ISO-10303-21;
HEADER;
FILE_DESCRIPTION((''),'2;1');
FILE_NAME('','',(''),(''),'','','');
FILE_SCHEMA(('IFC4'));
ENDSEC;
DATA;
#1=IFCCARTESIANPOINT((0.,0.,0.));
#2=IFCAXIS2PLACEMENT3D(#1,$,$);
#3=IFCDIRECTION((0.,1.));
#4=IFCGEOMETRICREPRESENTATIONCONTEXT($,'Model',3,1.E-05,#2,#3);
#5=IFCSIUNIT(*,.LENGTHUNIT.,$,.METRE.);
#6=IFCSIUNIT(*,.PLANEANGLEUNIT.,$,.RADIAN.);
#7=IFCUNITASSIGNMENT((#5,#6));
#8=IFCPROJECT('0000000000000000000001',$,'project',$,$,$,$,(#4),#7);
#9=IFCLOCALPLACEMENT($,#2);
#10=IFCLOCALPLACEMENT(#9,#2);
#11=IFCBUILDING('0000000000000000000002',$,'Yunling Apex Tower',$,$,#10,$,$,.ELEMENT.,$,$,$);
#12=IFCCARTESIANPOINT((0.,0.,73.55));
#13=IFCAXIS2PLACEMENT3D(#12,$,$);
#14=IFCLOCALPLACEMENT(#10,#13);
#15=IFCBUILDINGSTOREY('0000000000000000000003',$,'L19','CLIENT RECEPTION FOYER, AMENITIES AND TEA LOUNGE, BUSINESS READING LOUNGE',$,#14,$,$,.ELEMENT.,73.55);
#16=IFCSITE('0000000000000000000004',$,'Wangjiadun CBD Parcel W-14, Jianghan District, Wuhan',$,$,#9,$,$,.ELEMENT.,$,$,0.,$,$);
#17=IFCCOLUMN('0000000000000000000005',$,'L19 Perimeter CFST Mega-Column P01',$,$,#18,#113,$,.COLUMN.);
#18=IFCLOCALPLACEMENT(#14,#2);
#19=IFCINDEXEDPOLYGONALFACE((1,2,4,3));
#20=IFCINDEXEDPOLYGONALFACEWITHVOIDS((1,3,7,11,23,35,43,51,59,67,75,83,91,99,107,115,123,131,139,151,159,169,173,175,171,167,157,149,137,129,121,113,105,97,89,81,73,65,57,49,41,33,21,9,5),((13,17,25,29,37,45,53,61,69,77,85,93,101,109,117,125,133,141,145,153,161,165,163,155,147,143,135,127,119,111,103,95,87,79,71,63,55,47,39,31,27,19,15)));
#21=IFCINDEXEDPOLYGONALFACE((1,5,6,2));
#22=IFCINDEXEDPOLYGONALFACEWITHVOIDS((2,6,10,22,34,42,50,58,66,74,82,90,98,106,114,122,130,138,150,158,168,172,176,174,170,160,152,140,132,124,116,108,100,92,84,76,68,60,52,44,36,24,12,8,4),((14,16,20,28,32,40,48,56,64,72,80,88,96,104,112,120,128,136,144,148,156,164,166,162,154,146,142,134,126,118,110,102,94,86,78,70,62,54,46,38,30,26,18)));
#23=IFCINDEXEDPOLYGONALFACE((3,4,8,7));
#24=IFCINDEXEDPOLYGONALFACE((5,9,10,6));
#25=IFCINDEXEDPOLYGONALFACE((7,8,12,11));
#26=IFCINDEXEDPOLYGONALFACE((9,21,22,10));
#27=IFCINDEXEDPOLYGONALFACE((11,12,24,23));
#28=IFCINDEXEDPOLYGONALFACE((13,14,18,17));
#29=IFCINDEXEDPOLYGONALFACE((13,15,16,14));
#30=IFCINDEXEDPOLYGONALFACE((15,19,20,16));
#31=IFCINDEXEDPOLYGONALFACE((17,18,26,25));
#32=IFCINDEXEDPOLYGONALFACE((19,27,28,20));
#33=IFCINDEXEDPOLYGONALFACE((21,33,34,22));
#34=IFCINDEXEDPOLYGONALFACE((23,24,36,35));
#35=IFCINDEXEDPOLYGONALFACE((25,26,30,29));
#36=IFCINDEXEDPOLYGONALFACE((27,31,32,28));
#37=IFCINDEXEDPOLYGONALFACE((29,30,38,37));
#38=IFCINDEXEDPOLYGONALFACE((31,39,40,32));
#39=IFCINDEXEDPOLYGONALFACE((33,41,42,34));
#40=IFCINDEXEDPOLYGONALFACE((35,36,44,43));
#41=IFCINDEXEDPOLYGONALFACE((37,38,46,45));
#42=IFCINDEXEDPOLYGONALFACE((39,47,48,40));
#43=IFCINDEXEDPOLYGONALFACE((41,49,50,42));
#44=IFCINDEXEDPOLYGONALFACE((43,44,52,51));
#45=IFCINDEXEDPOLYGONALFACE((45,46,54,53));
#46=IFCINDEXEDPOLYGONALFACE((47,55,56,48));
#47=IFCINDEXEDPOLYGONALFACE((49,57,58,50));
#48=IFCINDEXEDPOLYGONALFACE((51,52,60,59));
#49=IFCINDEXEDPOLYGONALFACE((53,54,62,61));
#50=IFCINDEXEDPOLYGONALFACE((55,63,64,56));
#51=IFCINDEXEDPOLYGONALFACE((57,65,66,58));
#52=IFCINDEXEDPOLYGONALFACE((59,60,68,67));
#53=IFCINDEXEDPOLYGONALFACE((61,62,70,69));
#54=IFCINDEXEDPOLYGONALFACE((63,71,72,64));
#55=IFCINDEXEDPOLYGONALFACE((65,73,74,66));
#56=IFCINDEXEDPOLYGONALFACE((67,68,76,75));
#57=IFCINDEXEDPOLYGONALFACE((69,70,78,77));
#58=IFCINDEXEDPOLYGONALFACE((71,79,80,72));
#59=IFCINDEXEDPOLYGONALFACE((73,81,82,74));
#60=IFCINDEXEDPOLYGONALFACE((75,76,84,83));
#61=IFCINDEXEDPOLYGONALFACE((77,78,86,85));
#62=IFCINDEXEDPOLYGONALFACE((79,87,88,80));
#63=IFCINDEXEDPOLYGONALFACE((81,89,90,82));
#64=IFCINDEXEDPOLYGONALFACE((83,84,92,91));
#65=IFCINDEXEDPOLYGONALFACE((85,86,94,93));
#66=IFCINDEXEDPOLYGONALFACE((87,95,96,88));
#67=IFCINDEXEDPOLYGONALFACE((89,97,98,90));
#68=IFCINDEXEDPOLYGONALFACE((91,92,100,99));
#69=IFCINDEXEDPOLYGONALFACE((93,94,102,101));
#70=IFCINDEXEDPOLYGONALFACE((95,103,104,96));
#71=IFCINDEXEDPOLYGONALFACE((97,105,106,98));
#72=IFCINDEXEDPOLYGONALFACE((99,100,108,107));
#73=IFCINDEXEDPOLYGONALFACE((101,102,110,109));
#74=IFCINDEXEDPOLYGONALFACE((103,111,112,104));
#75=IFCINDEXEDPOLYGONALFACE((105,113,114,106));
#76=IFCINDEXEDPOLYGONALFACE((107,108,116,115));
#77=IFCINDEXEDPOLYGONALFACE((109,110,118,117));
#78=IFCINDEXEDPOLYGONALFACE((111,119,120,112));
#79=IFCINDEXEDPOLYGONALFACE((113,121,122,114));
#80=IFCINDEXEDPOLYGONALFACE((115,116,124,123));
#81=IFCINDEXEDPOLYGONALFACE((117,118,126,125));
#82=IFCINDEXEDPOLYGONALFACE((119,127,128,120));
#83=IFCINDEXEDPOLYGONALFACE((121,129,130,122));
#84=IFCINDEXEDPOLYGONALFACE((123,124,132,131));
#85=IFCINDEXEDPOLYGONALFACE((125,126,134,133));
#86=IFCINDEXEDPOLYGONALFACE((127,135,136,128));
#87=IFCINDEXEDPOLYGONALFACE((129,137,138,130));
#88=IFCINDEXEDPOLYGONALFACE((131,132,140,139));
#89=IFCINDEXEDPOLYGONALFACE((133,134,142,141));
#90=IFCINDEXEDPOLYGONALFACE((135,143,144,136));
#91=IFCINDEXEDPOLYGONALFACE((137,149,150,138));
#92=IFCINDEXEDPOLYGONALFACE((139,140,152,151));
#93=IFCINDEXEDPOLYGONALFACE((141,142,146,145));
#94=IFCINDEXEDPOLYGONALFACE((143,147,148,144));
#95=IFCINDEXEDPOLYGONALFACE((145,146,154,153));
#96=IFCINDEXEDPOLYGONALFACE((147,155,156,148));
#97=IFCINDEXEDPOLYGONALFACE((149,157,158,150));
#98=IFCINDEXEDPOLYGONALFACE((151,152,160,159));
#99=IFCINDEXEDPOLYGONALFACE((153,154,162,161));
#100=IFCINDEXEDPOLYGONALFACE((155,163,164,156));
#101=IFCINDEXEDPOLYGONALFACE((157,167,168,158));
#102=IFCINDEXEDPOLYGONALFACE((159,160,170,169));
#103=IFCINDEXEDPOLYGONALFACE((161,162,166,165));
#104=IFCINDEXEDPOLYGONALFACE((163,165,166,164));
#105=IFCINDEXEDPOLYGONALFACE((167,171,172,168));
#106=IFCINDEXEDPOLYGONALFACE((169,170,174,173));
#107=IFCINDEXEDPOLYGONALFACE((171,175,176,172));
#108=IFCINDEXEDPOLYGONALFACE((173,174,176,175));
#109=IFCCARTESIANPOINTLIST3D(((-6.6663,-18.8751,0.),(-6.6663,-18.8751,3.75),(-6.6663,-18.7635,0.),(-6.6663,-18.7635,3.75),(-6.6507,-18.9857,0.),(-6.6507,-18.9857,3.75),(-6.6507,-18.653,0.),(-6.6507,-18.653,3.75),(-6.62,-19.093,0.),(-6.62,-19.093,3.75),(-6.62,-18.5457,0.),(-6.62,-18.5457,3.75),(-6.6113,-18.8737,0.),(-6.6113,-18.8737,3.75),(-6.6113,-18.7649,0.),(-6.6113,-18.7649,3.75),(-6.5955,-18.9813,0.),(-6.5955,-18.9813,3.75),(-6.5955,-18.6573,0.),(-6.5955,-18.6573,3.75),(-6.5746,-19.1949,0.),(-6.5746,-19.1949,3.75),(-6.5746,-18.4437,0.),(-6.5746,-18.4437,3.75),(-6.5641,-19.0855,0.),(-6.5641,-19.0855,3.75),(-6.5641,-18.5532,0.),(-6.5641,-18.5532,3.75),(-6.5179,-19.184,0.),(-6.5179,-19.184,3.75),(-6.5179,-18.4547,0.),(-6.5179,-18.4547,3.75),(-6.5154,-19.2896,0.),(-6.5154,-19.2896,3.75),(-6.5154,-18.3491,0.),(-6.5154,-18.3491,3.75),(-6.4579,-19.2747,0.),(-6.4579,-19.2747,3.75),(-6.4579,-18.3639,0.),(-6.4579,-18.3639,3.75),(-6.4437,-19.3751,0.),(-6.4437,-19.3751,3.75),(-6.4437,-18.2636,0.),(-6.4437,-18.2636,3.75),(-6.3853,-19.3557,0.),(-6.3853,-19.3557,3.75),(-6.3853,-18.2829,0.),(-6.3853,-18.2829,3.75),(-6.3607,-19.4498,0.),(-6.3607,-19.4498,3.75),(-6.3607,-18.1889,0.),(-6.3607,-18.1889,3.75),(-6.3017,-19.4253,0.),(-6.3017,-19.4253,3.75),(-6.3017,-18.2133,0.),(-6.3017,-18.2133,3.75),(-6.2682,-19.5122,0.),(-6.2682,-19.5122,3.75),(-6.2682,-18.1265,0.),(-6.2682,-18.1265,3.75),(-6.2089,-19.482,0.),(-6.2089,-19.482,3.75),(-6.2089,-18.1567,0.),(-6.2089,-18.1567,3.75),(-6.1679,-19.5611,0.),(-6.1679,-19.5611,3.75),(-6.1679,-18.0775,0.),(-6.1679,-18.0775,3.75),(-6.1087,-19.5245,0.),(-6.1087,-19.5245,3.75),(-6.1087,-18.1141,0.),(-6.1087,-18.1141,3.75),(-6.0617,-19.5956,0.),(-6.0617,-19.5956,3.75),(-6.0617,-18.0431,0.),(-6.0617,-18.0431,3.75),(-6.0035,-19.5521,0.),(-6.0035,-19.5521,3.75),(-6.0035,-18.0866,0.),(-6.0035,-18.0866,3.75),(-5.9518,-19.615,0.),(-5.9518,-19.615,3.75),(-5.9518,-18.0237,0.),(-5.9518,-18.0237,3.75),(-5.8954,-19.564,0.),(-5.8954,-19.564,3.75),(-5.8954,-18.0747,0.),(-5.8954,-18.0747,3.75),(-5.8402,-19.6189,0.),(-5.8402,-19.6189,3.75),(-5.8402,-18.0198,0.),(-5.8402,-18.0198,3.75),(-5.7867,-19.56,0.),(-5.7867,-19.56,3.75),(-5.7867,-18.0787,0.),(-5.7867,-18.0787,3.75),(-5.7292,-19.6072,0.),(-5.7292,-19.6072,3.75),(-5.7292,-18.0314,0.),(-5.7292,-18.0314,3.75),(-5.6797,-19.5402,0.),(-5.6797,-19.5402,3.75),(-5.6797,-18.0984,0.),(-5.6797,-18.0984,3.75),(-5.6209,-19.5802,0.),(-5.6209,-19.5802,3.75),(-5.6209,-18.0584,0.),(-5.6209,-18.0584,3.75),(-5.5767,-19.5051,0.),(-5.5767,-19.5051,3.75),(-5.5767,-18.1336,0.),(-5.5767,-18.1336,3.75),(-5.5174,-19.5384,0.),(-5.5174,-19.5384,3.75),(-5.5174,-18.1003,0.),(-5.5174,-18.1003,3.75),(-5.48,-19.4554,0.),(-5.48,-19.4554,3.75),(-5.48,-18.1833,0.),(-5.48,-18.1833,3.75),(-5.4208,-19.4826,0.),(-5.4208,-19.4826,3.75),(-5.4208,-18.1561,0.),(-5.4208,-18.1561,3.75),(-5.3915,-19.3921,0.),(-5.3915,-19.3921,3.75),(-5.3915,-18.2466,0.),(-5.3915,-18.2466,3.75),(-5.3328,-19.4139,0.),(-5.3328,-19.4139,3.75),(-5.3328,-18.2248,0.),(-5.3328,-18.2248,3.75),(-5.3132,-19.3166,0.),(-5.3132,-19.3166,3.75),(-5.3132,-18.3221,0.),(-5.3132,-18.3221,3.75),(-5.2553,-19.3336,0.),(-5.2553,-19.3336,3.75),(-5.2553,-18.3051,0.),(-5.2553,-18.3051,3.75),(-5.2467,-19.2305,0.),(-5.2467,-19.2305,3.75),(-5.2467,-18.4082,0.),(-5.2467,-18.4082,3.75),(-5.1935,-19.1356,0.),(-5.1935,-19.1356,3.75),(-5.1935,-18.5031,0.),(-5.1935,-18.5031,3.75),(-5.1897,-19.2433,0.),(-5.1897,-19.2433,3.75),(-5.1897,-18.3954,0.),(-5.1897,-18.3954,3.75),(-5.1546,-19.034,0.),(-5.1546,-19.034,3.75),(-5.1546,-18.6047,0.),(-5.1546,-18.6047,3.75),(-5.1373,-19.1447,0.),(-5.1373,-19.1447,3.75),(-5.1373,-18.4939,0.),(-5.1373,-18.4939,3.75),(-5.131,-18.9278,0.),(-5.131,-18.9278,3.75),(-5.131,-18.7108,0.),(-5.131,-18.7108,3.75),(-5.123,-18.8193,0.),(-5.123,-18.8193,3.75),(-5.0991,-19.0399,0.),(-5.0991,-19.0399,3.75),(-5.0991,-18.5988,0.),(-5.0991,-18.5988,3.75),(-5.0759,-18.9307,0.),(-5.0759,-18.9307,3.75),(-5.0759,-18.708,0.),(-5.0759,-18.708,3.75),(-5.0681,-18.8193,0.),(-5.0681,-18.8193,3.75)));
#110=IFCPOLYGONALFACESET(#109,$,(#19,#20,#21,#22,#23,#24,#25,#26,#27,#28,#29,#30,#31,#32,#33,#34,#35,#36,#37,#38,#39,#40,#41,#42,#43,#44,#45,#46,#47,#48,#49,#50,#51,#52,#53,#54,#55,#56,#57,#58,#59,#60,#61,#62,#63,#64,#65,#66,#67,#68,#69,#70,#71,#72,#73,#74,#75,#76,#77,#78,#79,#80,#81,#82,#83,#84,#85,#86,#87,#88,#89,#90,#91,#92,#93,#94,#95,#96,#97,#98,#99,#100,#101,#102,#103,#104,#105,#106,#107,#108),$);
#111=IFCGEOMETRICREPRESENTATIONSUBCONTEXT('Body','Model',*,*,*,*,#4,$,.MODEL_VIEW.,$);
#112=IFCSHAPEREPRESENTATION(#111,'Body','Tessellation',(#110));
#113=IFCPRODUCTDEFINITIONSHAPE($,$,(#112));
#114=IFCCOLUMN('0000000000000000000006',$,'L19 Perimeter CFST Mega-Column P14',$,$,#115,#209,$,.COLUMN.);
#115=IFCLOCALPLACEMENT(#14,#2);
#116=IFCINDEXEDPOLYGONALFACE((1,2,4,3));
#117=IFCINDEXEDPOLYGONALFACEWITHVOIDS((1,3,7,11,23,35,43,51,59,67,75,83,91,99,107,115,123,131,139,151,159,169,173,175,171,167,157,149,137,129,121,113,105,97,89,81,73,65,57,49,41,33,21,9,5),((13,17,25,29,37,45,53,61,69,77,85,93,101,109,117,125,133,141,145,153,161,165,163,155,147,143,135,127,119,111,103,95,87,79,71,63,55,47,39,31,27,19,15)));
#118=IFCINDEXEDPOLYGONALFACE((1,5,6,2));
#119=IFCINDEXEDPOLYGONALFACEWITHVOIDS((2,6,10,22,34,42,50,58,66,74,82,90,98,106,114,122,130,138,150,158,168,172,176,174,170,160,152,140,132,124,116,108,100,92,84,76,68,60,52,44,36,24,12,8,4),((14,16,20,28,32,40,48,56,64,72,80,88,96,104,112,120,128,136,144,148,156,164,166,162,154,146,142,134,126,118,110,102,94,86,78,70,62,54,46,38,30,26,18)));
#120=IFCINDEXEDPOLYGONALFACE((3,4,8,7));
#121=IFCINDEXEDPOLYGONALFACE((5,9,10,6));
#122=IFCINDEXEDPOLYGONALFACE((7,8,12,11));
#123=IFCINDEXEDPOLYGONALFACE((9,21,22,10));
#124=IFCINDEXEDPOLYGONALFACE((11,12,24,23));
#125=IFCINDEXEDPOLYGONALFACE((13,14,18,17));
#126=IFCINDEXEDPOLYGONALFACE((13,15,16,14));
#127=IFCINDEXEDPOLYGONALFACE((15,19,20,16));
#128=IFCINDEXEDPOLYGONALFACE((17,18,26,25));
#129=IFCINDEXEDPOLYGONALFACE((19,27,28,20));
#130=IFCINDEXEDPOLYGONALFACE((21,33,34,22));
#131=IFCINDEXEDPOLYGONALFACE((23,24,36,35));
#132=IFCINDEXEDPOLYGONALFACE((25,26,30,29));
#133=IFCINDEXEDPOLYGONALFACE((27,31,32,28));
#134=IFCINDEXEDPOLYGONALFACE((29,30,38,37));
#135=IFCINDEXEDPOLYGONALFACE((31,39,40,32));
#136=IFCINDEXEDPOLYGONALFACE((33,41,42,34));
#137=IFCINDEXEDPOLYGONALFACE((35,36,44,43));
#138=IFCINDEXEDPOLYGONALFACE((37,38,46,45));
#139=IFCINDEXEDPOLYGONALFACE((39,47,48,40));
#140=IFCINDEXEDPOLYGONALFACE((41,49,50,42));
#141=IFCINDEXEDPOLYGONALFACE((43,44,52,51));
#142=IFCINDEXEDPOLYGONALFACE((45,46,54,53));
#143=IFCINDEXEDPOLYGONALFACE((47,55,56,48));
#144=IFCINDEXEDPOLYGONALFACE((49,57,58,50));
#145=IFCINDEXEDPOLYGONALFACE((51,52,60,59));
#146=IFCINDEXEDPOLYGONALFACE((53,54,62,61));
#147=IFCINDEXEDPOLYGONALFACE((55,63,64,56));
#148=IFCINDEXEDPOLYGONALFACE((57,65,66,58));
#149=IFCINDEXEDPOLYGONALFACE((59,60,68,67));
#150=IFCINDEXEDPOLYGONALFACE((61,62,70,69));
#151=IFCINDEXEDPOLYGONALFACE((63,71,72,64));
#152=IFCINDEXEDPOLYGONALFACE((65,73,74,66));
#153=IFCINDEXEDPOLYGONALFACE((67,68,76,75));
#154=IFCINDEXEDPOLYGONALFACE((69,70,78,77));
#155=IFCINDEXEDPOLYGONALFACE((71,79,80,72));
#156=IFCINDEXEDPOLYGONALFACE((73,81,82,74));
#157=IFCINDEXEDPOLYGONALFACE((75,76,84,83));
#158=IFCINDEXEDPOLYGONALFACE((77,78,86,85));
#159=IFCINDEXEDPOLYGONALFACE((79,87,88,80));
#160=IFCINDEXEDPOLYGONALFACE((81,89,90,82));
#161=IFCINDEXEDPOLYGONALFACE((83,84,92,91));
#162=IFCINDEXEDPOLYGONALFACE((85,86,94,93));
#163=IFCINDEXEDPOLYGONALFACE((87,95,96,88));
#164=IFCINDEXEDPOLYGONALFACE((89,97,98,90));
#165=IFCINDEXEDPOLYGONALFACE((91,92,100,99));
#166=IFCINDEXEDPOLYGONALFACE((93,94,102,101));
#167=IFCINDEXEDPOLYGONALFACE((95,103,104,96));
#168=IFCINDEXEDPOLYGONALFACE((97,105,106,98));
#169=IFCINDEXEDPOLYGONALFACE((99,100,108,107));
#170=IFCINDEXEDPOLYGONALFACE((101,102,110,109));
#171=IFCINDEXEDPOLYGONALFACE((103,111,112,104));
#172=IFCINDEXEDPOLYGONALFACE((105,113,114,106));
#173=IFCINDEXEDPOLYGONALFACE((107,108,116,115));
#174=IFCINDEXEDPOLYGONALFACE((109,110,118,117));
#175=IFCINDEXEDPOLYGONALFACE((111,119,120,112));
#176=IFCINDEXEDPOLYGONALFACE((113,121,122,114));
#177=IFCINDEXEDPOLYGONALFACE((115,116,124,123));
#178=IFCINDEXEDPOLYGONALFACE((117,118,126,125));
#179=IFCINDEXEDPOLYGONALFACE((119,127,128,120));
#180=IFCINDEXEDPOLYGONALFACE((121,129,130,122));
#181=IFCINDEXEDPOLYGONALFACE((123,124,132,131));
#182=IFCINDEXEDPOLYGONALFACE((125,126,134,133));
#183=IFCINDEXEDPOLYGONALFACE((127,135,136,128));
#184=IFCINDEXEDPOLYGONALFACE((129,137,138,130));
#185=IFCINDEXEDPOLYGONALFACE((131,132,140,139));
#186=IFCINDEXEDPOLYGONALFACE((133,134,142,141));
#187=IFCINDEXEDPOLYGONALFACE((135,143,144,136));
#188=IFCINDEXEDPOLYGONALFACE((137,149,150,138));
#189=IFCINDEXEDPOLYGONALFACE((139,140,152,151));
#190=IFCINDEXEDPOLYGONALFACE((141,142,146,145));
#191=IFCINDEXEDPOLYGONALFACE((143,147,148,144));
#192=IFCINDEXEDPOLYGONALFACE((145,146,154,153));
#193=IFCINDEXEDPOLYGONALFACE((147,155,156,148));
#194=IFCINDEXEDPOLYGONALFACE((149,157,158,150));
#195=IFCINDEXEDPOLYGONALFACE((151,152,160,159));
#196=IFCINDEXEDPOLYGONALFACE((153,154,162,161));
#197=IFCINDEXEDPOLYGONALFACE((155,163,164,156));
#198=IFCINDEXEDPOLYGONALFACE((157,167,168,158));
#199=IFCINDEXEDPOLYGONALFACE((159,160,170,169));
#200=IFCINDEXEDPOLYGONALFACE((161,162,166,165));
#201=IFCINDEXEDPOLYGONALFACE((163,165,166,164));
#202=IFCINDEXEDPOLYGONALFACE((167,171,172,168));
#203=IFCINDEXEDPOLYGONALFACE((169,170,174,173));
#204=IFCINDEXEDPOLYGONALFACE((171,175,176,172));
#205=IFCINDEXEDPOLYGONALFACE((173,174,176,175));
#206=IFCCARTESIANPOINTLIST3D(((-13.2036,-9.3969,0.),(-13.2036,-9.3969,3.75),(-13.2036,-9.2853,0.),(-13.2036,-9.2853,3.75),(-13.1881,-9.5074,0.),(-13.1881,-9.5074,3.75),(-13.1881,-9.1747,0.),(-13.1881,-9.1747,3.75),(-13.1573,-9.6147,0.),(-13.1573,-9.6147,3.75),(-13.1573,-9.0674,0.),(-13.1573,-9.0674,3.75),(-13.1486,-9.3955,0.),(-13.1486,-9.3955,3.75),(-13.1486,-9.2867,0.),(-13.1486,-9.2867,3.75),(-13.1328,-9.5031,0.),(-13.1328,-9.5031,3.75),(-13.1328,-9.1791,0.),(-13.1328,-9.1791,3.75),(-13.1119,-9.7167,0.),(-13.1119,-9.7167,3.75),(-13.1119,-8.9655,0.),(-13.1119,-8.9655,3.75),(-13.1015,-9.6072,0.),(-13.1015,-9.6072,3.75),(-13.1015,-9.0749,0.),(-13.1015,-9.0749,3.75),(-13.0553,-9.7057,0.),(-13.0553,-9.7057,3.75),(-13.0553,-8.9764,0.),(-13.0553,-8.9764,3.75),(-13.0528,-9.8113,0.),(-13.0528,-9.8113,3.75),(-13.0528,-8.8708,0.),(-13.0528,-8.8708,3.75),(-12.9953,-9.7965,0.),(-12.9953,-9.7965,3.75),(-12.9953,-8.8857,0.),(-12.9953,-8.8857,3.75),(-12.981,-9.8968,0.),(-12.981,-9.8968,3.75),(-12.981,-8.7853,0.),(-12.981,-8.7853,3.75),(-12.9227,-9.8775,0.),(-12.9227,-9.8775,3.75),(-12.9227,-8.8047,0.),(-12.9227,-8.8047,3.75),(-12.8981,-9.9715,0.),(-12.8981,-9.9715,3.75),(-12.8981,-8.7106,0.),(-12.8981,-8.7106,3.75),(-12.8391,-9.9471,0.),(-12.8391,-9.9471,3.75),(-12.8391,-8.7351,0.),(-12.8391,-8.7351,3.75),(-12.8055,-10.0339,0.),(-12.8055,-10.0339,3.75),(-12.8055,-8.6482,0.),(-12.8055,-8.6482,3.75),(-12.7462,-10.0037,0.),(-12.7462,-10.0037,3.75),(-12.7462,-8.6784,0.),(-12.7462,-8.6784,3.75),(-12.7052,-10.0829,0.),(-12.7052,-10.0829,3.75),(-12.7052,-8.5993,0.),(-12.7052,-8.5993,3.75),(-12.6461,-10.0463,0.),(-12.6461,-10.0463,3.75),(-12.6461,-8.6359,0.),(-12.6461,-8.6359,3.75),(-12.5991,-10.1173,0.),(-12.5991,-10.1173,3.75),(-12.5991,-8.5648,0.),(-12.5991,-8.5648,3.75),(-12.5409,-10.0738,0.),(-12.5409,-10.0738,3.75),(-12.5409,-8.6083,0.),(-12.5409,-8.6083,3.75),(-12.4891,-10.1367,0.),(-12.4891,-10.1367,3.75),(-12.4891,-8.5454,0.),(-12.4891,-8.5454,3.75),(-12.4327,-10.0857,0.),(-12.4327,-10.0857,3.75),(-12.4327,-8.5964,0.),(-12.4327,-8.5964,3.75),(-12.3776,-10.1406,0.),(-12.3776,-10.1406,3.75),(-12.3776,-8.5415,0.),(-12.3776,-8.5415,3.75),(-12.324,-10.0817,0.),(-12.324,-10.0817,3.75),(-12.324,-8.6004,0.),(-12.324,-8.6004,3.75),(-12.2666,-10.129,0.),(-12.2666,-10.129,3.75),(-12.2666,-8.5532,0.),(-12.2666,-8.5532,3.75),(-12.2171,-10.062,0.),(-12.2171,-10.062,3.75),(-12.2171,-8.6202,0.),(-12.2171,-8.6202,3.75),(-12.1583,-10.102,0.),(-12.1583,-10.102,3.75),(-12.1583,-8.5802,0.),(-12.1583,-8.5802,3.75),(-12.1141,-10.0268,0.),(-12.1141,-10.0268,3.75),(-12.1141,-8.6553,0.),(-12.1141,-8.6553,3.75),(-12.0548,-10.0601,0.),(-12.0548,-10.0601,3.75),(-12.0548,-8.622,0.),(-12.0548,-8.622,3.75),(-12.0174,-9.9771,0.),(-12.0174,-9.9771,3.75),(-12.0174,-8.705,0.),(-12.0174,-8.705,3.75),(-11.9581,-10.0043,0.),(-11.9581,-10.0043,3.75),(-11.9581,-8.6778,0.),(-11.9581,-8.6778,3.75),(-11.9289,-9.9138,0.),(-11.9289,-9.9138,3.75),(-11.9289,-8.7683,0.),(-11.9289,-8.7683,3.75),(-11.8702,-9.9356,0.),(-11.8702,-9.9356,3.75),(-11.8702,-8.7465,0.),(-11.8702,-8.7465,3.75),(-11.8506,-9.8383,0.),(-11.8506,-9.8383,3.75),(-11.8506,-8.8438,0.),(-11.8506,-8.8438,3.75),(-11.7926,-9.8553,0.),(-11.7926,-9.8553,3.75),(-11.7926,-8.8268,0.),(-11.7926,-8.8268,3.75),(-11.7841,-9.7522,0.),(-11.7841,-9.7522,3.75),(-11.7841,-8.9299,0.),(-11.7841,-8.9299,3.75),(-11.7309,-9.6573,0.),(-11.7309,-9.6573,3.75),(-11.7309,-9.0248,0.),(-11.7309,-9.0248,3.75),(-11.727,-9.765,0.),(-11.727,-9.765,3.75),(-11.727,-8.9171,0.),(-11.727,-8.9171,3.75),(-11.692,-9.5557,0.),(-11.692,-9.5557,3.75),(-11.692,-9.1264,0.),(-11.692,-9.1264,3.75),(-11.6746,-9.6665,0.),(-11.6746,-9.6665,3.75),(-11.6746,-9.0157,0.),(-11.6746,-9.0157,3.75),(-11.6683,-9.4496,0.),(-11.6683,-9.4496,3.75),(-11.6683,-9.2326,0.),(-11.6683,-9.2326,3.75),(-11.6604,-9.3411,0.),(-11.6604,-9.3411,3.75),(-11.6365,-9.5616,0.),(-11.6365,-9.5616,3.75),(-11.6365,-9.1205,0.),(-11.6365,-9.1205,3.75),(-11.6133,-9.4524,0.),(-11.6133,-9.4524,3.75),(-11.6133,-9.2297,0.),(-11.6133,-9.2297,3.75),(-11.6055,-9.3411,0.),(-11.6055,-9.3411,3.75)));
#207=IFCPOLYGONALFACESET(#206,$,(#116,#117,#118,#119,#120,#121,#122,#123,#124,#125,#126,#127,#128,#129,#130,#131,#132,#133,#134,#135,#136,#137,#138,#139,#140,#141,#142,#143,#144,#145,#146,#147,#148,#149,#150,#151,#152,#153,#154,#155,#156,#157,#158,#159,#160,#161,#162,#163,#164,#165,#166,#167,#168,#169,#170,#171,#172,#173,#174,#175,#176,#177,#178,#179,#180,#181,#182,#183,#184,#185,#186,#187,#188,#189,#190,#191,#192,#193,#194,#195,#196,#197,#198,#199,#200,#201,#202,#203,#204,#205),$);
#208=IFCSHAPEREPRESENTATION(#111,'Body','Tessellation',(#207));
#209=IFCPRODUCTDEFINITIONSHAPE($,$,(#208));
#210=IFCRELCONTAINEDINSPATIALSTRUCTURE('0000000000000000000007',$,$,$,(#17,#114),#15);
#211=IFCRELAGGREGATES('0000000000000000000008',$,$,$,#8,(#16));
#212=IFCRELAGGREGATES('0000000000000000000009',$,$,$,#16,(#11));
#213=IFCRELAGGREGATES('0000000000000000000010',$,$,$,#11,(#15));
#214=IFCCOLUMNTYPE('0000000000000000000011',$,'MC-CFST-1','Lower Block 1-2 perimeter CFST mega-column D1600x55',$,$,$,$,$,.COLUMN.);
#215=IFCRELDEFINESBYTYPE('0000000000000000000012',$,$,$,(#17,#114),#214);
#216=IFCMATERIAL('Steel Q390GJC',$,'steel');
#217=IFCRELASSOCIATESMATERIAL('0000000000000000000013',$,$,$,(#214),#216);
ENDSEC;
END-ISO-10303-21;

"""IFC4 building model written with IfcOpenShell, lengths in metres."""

from ifc_helpers import new_model, si_unit, direction, frame, origin, origin_2d, place, context, subcontext, project, spatial, hollow_circle, extrude, source, transform, mapped, material, material_profile, profile_set, type_object, element, save


model = new_model("IFC4")

# Units and contexts
model_context = context("Model", 3, precision=1e-05, world=origin(), true_north=direction((0.0, 1.0)))
body_context = subcontext(model_context, "Body", "Model", "MODEL_VIEW")
ifc_project = project(units=[si_unit("LENGTHUNIT", "METRE"), si_unit("PLANEANGLEUNIT", "RADIAN")], contexts=[model_context])

# Site, building, storey
site_placement = place(None, origin())
site = spatial("IfcSite", under=ifc_project, at=site_placement, Name="Wangjiadun CBD Parcel W-14, Jianghan District, Wuhan", CompositionType="ELEMENT", RefElevation=0.0)
building_placement = place(site_placement, origin())
building = spatial("IfcBuilding", under=site, at=building_placement, Name="Yunling Apex Tower", CompositionType="ELEMENT")
storey_placement = place(building_placement, frame((0.0, 0.0, 73.55)))
storey = spatial("IfcBuildingStorey", under=building, at=storey_placement, Name="L19", Description="CLIENT RECEPTION FOYER, AMENITIES AND TEA LOUNGE, BUSINESS READING LOUNGE", CompositionType="ELEMENT", Elevation=73.55)

# Columns
ifc_material_1 = material(Name="Steel Q390GJC", Category="steel")
ifc_material_profile_1 = material_profile(ifc_material_1, hollow_circle(Radius=0.8, WallThickness=0.0549, at=origin_2d()))
ifc_profile_set_1 = profile_set([ifc_material_profile_1], Name="Steel Q390GJC")
column_type = type_object("IfcColumnType", Name="MC-CFST-1", Description="Lower Block 1-2 perimeter CFST mega-column D1600x55", PredefinedType="COLUMN", material=ifc_profile_set_1)
shared_shape_1 = source(origin(), body_context, "Body", "SweptSolid", [
    extrude(hollow_circle(Radius=0.8, WallThickness=0.0549, at=origin_2d()), origin(), (0.0, 0.0, 1.0), 3.75),
])
for number, where, z_axis, x_axis, name in (
    (1, (-5.8682, -18.8193, 0.0), (0.0, 0.0, 1.0), (1.0, 0.0, 0.0), "L19 Perimeter CFST Mega-Column P01"),
    (2, (-12.4055, -9.3411, 0.0), (0.0, 0.0, 1.0), (1.0, 0.0, 0.0), "L19 Perimeter CFST Mega-Column P14"),
):
    element("IfcColumn", number, at=place(storey_placement, frame(where, z_axis=z_axis, x_axis=x_axis)), inside=storey, type_object=column_type, Name=name, PredefinedType="COLUMN", context=body_context, shape_type="MappedRepresentation", body=[
        mapped(shared_shape_1, transform((0.0, 0.0, 0.0), scale=1.0)),
    ])

save(model, "model.ifc")
